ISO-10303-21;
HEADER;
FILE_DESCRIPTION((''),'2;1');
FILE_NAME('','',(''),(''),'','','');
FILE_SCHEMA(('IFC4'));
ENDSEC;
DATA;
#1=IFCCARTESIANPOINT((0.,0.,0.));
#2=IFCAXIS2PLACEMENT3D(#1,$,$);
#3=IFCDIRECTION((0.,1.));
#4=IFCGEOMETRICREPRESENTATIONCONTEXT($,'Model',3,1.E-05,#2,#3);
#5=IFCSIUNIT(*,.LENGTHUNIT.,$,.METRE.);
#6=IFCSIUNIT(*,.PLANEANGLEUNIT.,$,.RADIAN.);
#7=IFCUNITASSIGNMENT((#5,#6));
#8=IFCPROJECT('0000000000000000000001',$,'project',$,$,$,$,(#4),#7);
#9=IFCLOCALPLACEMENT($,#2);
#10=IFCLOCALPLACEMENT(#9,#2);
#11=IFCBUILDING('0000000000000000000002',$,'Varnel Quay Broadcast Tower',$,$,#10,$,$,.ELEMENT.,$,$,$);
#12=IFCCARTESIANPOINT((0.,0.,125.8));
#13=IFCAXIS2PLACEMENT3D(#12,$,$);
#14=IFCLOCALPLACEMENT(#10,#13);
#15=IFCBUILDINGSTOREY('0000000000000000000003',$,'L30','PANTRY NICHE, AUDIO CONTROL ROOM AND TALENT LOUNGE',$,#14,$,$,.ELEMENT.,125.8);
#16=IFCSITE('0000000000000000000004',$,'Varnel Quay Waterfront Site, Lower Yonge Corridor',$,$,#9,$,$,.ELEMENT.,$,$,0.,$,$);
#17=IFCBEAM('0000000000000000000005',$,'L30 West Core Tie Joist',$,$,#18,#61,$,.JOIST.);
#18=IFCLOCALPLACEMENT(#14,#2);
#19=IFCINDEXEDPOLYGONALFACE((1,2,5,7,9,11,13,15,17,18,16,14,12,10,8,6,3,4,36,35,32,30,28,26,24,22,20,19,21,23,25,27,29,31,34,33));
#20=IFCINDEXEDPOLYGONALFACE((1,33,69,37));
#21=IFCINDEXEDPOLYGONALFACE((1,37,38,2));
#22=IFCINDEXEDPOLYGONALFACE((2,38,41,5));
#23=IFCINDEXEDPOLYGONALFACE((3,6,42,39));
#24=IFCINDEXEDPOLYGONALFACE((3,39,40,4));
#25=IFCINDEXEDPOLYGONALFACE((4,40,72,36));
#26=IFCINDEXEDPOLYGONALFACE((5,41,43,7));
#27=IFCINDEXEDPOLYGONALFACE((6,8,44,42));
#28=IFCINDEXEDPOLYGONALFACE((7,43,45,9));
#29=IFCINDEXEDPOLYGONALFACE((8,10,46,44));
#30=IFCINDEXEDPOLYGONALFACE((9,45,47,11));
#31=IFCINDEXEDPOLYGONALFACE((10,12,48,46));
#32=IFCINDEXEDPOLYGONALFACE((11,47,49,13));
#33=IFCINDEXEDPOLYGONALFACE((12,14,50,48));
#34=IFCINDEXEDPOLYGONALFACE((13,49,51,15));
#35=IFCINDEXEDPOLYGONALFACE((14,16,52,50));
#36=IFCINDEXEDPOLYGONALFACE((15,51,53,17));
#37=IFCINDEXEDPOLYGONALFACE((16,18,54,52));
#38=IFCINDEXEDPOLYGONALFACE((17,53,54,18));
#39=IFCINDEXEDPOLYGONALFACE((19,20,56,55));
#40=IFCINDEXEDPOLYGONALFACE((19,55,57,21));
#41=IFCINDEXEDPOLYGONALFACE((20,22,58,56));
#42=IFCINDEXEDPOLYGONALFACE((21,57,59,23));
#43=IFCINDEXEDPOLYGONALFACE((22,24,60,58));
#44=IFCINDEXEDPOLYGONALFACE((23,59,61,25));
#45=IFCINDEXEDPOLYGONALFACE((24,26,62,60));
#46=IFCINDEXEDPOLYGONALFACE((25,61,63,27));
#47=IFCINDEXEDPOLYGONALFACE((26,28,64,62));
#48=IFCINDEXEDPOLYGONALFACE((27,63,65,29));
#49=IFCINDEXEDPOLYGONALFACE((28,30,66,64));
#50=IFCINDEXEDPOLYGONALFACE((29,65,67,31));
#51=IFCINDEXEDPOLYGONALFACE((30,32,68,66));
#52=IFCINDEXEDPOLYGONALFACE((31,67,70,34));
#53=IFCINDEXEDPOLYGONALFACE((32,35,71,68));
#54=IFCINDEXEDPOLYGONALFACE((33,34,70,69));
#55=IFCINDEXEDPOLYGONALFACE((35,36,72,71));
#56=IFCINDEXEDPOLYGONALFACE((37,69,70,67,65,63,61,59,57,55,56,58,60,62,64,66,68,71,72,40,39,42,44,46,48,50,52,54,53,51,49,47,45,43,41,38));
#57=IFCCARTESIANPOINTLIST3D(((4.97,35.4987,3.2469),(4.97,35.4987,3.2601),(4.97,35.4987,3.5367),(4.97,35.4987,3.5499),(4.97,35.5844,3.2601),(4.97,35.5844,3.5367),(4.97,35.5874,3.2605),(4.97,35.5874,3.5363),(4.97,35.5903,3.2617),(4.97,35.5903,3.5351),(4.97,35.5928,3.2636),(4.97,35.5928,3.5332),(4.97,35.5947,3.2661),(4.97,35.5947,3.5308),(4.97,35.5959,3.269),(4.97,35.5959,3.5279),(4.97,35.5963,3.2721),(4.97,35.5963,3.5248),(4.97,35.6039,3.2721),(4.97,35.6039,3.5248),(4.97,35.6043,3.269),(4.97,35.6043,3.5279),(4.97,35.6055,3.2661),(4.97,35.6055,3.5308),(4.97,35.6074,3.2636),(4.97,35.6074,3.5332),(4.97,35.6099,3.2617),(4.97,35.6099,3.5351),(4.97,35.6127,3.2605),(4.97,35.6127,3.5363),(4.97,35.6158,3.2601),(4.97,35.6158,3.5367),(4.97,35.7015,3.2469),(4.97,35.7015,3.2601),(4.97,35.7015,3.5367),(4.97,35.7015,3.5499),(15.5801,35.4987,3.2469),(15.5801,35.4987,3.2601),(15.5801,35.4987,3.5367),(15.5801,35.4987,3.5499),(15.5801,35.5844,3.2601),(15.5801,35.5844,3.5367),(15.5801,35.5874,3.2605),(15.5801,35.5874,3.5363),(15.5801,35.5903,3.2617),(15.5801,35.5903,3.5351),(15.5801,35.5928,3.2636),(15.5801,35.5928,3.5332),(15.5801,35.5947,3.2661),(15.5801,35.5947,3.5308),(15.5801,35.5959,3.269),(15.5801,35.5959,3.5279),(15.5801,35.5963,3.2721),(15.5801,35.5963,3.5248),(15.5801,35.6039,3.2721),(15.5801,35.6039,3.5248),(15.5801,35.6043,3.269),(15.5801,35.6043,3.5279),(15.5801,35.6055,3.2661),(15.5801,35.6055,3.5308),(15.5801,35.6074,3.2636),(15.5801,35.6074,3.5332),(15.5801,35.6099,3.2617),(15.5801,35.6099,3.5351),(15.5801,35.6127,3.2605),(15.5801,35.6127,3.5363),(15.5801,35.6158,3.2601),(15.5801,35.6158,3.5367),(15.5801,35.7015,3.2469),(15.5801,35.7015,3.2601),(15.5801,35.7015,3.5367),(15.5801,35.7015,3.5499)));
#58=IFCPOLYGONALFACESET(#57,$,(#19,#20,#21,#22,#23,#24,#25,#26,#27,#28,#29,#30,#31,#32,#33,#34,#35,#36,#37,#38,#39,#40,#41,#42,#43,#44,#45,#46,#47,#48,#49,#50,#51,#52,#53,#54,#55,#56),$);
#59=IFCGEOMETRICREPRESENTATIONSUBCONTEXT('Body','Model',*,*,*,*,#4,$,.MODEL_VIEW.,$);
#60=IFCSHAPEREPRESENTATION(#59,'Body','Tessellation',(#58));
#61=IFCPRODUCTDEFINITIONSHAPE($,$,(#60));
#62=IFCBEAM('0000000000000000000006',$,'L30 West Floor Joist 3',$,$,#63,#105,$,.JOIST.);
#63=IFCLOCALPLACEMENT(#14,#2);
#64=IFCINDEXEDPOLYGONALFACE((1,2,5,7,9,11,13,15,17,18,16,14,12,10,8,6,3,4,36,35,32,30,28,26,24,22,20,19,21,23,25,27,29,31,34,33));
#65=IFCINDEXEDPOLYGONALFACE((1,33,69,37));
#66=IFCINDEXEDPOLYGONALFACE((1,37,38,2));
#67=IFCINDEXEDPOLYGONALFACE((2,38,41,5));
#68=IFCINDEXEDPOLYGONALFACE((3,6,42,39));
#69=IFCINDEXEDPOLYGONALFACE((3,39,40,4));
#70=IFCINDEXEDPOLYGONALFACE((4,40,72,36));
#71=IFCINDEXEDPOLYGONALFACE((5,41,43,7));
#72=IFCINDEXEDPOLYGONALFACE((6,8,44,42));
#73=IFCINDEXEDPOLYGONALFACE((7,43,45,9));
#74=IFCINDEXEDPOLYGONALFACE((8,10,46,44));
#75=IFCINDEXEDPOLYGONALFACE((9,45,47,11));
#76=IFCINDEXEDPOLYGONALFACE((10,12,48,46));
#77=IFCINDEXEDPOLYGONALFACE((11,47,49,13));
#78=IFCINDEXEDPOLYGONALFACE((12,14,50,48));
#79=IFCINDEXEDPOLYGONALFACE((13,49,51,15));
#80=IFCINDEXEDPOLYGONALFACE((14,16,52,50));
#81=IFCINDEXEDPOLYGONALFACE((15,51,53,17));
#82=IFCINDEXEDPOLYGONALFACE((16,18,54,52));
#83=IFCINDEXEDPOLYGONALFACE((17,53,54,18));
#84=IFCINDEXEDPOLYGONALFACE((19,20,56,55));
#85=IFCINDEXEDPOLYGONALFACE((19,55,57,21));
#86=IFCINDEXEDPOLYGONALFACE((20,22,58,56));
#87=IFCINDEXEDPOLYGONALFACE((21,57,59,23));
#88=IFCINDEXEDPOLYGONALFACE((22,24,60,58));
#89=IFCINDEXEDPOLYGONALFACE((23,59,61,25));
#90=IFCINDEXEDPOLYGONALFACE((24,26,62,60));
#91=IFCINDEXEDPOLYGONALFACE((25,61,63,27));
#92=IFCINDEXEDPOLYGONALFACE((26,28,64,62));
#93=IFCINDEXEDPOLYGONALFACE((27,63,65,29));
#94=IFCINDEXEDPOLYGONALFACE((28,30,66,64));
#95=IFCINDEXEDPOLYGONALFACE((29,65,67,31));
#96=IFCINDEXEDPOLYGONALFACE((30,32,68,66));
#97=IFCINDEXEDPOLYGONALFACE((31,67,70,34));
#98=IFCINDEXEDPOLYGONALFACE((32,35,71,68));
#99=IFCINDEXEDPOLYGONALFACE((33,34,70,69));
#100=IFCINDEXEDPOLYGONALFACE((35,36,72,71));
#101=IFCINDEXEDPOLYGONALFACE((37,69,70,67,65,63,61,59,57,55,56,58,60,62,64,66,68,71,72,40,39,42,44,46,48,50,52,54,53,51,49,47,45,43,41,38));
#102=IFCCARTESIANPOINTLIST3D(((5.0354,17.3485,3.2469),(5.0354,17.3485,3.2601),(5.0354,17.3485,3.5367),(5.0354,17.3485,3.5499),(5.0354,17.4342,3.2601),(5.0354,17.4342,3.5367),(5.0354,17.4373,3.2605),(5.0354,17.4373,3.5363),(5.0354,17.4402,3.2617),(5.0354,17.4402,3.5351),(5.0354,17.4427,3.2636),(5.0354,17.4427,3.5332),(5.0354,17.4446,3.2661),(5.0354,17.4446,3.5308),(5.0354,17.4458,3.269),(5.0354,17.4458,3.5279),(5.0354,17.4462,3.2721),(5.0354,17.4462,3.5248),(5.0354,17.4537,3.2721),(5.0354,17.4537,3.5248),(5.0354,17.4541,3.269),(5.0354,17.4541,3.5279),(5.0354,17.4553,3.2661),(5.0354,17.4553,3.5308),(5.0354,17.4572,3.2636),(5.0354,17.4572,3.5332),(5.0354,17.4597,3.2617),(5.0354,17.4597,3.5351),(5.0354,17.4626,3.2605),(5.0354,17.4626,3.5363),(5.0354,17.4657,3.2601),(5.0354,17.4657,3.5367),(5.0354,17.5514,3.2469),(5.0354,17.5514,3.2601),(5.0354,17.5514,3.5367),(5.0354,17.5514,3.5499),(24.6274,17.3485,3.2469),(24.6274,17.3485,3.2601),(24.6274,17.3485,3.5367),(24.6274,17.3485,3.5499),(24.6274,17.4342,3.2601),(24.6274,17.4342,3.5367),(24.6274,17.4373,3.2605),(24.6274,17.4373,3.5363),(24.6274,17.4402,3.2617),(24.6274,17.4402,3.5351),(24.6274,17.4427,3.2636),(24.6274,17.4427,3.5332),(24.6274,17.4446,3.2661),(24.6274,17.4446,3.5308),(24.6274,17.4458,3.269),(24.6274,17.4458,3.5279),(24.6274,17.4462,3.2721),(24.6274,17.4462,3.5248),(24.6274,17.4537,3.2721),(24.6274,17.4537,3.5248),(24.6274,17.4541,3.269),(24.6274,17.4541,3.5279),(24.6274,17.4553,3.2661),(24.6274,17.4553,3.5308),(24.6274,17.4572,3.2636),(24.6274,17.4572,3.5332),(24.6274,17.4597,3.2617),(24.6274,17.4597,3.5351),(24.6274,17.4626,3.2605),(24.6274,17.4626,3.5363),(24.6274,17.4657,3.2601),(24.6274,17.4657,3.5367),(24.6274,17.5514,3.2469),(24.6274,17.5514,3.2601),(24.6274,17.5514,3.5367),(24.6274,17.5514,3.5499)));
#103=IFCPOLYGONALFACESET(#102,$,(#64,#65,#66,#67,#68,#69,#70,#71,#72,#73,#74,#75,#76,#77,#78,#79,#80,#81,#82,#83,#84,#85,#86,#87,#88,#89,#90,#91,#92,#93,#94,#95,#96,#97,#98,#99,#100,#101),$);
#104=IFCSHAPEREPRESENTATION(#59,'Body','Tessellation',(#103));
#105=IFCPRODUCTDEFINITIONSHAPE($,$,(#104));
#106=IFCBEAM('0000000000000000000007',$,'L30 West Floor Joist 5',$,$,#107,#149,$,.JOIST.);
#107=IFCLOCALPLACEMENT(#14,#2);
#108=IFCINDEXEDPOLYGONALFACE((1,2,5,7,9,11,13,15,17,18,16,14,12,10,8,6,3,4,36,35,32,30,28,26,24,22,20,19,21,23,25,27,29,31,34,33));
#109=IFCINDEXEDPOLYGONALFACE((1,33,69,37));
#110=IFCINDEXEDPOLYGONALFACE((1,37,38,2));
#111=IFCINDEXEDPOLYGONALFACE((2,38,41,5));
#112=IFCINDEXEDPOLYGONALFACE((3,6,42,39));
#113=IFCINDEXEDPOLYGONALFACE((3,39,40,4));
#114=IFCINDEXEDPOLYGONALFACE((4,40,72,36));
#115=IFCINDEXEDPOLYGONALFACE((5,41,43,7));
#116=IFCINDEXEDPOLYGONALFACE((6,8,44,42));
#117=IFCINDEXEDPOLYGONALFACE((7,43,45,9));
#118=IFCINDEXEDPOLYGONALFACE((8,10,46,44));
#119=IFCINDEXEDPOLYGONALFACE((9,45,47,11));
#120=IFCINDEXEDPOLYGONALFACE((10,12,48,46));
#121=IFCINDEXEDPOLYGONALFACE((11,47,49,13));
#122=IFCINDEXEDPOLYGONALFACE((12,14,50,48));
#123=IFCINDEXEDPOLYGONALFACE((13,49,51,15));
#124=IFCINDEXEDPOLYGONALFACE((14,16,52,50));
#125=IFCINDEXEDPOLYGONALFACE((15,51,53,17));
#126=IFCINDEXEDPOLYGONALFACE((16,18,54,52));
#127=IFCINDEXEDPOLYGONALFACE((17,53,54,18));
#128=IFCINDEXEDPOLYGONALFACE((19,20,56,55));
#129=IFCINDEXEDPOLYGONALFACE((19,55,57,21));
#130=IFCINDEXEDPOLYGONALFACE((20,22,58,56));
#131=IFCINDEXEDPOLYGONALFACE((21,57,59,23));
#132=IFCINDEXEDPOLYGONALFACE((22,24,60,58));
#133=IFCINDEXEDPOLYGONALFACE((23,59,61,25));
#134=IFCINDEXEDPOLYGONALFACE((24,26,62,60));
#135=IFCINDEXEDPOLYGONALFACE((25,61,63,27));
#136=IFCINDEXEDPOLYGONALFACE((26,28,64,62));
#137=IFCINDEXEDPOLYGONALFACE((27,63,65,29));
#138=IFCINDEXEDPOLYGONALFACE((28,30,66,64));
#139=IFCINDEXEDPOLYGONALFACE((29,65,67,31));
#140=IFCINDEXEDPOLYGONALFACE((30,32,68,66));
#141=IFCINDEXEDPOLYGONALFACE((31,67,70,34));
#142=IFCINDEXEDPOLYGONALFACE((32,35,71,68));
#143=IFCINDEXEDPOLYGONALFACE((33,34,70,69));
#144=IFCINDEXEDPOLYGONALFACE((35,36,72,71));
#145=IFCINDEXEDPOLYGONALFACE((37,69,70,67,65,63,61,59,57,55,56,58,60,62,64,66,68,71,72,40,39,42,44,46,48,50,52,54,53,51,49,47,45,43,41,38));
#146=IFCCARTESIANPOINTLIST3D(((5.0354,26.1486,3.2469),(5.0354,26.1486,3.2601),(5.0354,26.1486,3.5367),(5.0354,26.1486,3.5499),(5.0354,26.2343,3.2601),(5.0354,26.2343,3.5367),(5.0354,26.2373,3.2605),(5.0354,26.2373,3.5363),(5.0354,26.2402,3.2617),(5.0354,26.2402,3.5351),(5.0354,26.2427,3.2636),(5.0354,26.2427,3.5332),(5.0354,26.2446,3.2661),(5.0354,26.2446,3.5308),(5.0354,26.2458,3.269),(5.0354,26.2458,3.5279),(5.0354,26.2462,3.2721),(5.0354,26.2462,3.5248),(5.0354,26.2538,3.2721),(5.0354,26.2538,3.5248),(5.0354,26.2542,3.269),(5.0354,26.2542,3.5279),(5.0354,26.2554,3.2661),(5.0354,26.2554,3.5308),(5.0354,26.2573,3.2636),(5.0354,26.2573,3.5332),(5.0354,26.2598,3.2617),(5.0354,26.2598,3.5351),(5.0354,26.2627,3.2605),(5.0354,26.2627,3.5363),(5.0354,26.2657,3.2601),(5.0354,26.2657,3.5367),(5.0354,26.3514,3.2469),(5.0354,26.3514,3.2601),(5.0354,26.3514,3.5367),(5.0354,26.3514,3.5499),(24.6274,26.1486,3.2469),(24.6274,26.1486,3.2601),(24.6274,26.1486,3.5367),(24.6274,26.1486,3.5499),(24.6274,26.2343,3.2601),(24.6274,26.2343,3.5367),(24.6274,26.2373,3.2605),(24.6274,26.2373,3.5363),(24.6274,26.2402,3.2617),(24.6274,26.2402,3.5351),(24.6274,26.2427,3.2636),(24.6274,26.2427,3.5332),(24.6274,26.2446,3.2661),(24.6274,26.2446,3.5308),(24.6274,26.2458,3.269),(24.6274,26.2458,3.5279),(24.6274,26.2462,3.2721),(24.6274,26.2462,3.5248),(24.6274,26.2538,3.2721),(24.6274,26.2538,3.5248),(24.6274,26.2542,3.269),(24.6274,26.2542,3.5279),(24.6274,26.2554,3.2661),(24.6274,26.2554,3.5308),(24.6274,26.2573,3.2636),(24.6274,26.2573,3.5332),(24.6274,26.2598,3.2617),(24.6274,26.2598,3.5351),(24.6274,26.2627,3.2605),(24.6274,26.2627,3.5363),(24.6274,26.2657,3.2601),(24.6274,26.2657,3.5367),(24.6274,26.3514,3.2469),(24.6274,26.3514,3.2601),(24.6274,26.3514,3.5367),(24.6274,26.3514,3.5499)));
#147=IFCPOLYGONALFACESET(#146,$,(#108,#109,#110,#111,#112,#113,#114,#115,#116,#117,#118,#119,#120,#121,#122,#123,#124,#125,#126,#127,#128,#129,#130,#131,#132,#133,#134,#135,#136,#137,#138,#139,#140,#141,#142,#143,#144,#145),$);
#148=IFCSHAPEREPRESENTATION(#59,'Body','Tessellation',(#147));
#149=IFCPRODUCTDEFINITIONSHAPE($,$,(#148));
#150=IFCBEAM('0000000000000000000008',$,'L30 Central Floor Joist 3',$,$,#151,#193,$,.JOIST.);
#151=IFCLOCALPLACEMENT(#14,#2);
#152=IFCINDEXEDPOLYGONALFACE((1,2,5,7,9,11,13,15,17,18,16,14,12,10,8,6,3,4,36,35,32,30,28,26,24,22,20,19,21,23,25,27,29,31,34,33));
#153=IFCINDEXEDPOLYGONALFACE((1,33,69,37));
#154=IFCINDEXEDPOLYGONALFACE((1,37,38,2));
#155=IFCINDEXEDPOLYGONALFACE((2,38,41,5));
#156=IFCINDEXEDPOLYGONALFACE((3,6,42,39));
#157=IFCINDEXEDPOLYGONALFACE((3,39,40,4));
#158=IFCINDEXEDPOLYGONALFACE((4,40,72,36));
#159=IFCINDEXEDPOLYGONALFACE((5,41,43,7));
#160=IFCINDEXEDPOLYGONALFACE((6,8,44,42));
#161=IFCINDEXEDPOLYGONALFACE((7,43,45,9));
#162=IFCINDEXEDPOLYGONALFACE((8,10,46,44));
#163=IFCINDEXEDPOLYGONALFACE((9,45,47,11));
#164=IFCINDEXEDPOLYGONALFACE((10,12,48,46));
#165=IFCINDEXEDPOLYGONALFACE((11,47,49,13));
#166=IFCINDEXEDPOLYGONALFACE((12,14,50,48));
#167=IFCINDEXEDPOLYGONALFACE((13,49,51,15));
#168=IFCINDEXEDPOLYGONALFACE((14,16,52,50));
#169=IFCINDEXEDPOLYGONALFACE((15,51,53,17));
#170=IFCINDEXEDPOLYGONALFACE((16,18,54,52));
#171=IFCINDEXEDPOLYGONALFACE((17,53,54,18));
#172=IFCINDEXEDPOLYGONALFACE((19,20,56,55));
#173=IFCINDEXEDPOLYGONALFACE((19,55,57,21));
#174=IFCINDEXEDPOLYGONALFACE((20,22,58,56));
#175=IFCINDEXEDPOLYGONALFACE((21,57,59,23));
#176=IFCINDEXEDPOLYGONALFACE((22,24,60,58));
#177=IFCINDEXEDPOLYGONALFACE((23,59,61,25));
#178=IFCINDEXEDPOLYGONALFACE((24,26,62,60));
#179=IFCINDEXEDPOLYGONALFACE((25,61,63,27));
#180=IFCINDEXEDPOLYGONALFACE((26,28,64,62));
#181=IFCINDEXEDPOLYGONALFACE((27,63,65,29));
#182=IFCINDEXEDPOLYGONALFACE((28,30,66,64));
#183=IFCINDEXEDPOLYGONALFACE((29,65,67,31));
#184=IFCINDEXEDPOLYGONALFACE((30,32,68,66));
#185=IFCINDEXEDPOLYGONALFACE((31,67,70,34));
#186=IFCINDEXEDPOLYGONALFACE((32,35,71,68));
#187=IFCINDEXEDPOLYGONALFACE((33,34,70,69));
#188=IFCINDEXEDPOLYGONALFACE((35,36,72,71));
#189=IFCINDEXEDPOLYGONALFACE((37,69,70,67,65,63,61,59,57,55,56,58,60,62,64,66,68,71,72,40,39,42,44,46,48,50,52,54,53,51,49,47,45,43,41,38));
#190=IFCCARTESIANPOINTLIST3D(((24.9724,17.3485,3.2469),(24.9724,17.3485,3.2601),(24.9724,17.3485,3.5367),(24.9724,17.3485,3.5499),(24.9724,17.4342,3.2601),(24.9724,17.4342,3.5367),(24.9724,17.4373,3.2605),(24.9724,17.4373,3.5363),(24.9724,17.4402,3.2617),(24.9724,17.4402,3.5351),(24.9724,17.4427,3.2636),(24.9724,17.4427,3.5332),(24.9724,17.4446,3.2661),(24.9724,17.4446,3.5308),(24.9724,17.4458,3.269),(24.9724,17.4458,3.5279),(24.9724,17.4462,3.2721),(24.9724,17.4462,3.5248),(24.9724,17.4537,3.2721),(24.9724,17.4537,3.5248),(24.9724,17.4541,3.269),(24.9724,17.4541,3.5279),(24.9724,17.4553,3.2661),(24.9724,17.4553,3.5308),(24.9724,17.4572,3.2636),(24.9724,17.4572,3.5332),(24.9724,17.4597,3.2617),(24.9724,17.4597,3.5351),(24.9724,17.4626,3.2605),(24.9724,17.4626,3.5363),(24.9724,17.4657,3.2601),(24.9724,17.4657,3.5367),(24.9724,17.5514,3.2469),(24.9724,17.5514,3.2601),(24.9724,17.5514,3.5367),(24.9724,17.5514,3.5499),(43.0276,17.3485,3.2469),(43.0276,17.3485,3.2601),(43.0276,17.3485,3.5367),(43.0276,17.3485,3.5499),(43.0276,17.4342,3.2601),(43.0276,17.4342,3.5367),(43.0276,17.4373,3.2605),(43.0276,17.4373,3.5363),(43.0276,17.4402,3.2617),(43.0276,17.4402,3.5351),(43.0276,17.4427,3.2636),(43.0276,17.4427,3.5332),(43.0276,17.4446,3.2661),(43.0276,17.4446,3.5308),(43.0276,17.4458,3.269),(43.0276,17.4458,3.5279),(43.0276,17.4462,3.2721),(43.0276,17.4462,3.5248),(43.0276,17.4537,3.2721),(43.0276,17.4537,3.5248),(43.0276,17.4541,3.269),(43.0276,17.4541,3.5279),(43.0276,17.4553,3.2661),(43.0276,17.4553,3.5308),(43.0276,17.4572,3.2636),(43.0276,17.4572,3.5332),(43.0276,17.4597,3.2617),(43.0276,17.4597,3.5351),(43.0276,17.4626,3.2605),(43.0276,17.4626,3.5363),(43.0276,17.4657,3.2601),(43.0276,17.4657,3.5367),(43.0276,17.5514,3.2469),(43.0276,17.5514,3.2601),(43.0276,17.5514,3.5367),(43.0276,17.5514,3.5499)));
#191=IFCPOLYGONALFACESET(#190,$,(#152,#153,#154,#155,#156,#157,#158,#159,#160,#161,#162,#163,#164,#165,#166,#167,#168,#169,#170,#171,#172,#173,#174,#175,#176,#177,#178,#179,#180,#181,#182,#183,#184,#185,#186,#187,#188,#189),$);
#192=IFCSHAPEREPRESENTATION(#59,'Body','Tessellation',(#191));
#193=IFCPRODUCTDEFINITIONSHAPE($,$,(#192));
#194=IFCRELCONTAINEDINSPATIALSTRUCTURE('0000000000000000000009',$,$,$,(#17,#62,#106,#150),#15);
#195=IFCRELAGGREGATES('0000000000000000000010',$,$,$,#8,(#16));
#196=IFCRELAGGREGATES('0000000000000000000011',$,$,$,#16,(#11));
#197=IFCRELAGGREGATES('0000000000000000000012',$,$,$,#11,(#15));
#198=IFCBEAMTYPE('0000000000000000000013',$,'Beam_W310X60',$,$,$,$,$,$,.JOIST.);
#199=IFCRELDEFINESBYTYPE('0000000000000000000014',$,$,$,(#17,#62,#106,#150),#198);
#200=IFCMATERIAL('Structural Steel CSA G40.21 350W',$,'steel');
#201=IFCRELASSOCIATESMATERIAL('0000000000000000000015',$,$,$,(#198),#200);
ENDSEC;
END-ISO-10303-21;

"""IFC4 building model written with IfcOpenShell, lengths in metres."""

from ifc_helpers import new_model, si_unit, direction, frame, origin, origin_2d, place, context, subcontext, project, spatial, i_section, extrude, source, transform, mapped, material, material_profile, profile_set, type_object, type_shapes, element, save


model = new_model("IFC4")

# Units and contexts
model_context = context("Model", 3, precision=1e-05, world=origin(), true_north=direction((0.0, 1.0)))
body_context = subcontext(model_context, "Body", "Model", "MODEL_VIEW")
ifc_project = project(units=[si_unit("LENGTHUNIT", "METRE"), si_unit("PLANEANGLEUNIT", "RADIAN")], contexts=[model_context])

# Site, building, storey
site_placement = place(None, origin())
site = spatial("IfcSite", under=ifc_project, at=site_placement, Name="Varnel Quay Waterfront Site, Lower Yonge Corridor", CompositionType="ELEMENT", RefElevation=0.0)
building_placement = place(site_placement, origin())
building = spatial("IfcBuilding", under=site, at=building_placement, Name="Varnel Quay Broadcast Tower", CompositionType="ELEMENT")
storey_placement = place(building_placement, frame((0.0, 0.0, 125.8)))
storey = spatial("IfcBuildingStorey", under=building, at=storey_placement, Name="L30", Description="PANTRY NICHE, AUDIO CONTROL ROOM AND TALENT LOUNGE", CompositionType="ELEMENT", Elevation=125.8)

# Shared definitions
ifc_material_1 = material(Name="Structural Steel CSA G40.21 350W", Category="steel")

# Beams
ifc_material_profile_1 = material_profile(ifc_material_1, i_section(OverallWidth=0.2029, OverallDepth=0.303, WebThickness=0.0076, FlangeThickness=0.0132, FilletRadius=0.012, at=origin_2d()), Name="W310X60")
ifc_profile_set_1 = profile_set([ifc_material_profile_1], Name="Structural Steel CSA G40.21 350W")
beam_type_1 = type_object("IfcBeamType", Name="Beam_W310X60", PredefinedType="JOIST", material=ifc_profile_set_1)
shared_shape_1 = source(origin(), body_context, "Body", "SweptSolid", [
    extrude(i_section(OverallWidth=0.2029, OverallDepth=0.303, WebThickness=0.0076, FlangeThickness=0.0132, FilletRadius=0.012, at=origin_2d()), origin(), (0.0, 0.0, 1.0), 10.6101),
])
beam_1_placement = place(storey_placement, frame((4.97, 35.6001, 3.3984), z_axis=(1.0, 0.0, 0.0), x_axis=(0.0, 1.0, 0.0)))
element("IfcBeam", 1, at=beam_1_placement, inside=storey, type_object=beam_type_1, Name="L30 West Core Tie Joist", PredefinedType="JOIST", context=body_context, shape_type="MappedRepresentation", body=[
    mapped(shared_shape_1, transform((0.0, 0.0, 0.0), x_axis=(1.0, 0.0, 0.0), y_axis=(0.0, 1.0, 0.0), z_axis=(0.0, 0.0, 1.0), scale=1.0)),
])
shared_shape_2 = source(origin(), body_context, "Body", "SweptSolid", [
    extrude(i_section(OverallWidth=0.2029, OverallDepth=0.303, WebThickness=0.0076, FlangeThickness=0.0132, FilletRadius=0.012, at=origin_2d()), origin(), (0.0, 0.0, 1.0), 19.592),
])
for number, where, z_axis, x_axis, name in (
    (2, (5.0354, 17.45, 3.3984), (1.0, 0.0, 0.0), (0.0, 1.0, 0.0), "L30 West Floor Joist 3"),
    (3, (5.0354, 26.25, 3.3984), (1.0, 0.0, 0.0), (0.0, 1.0, 0.0), "L30 West Floor Joist 5"),
):
    element("IfcBeam", number, at=place(storey_placement, frame(where, z_axis=z_axis, x_axis=x_axis)), inside=storey, type_object=beam_type_1, Name=name, PredefinedType="JOIST", context=body_context, shape_type="MappedRepresentation", body=[
        mapped(shared_shape_2, transform((0.0, 0.0, 0.0), x_axis=(1.0, 0.0, 0.0), y_axis=(0.0, 1.0, 0.0), z_axis=(0.0, 0.0, 1.0), scale=1.0)),
    ])
shared_shape_3 = source(origin(), body_context, "Body", "SweptSolid", [
    extrude(i_section(OverallWidth=0.2029, OverallDepth=0.303, WebThickness=0.0076, FlangeThickness=0.0132, FilletRadius=0.012, at=origin_2d()), origin(), (0.0, 0.0, 1.0), 18.0552),
])
type_shapes(beam_type_1, [shared_shape_1, shared_shape_2, shared_shape_3])
for number, where, z_axis, x_axis, name in (
    (4, (24.9724, 17.45, 3.3984), (1.0, 0.0, 0.0), (0.0, 1.0, 0.0), "L30 Central Floor Joist 3"),
):
    element("IfcBeam", number, at=place(storey_placement, frame(where, z_axis=z_axis, x_axis=x_axis)), inside=storey, type_object=beam_type_1, Name=name, PredefinedType="JOIST", context=body_context, shape_type="MappedRepresentation", body=[
        mapped(shared_shape_3, transform((0.0, 0.0, 0.0), x_axis=(1.0, 0.0, 0.0), y_axis=(0.0, 1.0, 0.0), z_axis=(0.0, 0.0, 1.0), scale=1.0)),
    ])

save(model, "model.ifc")
